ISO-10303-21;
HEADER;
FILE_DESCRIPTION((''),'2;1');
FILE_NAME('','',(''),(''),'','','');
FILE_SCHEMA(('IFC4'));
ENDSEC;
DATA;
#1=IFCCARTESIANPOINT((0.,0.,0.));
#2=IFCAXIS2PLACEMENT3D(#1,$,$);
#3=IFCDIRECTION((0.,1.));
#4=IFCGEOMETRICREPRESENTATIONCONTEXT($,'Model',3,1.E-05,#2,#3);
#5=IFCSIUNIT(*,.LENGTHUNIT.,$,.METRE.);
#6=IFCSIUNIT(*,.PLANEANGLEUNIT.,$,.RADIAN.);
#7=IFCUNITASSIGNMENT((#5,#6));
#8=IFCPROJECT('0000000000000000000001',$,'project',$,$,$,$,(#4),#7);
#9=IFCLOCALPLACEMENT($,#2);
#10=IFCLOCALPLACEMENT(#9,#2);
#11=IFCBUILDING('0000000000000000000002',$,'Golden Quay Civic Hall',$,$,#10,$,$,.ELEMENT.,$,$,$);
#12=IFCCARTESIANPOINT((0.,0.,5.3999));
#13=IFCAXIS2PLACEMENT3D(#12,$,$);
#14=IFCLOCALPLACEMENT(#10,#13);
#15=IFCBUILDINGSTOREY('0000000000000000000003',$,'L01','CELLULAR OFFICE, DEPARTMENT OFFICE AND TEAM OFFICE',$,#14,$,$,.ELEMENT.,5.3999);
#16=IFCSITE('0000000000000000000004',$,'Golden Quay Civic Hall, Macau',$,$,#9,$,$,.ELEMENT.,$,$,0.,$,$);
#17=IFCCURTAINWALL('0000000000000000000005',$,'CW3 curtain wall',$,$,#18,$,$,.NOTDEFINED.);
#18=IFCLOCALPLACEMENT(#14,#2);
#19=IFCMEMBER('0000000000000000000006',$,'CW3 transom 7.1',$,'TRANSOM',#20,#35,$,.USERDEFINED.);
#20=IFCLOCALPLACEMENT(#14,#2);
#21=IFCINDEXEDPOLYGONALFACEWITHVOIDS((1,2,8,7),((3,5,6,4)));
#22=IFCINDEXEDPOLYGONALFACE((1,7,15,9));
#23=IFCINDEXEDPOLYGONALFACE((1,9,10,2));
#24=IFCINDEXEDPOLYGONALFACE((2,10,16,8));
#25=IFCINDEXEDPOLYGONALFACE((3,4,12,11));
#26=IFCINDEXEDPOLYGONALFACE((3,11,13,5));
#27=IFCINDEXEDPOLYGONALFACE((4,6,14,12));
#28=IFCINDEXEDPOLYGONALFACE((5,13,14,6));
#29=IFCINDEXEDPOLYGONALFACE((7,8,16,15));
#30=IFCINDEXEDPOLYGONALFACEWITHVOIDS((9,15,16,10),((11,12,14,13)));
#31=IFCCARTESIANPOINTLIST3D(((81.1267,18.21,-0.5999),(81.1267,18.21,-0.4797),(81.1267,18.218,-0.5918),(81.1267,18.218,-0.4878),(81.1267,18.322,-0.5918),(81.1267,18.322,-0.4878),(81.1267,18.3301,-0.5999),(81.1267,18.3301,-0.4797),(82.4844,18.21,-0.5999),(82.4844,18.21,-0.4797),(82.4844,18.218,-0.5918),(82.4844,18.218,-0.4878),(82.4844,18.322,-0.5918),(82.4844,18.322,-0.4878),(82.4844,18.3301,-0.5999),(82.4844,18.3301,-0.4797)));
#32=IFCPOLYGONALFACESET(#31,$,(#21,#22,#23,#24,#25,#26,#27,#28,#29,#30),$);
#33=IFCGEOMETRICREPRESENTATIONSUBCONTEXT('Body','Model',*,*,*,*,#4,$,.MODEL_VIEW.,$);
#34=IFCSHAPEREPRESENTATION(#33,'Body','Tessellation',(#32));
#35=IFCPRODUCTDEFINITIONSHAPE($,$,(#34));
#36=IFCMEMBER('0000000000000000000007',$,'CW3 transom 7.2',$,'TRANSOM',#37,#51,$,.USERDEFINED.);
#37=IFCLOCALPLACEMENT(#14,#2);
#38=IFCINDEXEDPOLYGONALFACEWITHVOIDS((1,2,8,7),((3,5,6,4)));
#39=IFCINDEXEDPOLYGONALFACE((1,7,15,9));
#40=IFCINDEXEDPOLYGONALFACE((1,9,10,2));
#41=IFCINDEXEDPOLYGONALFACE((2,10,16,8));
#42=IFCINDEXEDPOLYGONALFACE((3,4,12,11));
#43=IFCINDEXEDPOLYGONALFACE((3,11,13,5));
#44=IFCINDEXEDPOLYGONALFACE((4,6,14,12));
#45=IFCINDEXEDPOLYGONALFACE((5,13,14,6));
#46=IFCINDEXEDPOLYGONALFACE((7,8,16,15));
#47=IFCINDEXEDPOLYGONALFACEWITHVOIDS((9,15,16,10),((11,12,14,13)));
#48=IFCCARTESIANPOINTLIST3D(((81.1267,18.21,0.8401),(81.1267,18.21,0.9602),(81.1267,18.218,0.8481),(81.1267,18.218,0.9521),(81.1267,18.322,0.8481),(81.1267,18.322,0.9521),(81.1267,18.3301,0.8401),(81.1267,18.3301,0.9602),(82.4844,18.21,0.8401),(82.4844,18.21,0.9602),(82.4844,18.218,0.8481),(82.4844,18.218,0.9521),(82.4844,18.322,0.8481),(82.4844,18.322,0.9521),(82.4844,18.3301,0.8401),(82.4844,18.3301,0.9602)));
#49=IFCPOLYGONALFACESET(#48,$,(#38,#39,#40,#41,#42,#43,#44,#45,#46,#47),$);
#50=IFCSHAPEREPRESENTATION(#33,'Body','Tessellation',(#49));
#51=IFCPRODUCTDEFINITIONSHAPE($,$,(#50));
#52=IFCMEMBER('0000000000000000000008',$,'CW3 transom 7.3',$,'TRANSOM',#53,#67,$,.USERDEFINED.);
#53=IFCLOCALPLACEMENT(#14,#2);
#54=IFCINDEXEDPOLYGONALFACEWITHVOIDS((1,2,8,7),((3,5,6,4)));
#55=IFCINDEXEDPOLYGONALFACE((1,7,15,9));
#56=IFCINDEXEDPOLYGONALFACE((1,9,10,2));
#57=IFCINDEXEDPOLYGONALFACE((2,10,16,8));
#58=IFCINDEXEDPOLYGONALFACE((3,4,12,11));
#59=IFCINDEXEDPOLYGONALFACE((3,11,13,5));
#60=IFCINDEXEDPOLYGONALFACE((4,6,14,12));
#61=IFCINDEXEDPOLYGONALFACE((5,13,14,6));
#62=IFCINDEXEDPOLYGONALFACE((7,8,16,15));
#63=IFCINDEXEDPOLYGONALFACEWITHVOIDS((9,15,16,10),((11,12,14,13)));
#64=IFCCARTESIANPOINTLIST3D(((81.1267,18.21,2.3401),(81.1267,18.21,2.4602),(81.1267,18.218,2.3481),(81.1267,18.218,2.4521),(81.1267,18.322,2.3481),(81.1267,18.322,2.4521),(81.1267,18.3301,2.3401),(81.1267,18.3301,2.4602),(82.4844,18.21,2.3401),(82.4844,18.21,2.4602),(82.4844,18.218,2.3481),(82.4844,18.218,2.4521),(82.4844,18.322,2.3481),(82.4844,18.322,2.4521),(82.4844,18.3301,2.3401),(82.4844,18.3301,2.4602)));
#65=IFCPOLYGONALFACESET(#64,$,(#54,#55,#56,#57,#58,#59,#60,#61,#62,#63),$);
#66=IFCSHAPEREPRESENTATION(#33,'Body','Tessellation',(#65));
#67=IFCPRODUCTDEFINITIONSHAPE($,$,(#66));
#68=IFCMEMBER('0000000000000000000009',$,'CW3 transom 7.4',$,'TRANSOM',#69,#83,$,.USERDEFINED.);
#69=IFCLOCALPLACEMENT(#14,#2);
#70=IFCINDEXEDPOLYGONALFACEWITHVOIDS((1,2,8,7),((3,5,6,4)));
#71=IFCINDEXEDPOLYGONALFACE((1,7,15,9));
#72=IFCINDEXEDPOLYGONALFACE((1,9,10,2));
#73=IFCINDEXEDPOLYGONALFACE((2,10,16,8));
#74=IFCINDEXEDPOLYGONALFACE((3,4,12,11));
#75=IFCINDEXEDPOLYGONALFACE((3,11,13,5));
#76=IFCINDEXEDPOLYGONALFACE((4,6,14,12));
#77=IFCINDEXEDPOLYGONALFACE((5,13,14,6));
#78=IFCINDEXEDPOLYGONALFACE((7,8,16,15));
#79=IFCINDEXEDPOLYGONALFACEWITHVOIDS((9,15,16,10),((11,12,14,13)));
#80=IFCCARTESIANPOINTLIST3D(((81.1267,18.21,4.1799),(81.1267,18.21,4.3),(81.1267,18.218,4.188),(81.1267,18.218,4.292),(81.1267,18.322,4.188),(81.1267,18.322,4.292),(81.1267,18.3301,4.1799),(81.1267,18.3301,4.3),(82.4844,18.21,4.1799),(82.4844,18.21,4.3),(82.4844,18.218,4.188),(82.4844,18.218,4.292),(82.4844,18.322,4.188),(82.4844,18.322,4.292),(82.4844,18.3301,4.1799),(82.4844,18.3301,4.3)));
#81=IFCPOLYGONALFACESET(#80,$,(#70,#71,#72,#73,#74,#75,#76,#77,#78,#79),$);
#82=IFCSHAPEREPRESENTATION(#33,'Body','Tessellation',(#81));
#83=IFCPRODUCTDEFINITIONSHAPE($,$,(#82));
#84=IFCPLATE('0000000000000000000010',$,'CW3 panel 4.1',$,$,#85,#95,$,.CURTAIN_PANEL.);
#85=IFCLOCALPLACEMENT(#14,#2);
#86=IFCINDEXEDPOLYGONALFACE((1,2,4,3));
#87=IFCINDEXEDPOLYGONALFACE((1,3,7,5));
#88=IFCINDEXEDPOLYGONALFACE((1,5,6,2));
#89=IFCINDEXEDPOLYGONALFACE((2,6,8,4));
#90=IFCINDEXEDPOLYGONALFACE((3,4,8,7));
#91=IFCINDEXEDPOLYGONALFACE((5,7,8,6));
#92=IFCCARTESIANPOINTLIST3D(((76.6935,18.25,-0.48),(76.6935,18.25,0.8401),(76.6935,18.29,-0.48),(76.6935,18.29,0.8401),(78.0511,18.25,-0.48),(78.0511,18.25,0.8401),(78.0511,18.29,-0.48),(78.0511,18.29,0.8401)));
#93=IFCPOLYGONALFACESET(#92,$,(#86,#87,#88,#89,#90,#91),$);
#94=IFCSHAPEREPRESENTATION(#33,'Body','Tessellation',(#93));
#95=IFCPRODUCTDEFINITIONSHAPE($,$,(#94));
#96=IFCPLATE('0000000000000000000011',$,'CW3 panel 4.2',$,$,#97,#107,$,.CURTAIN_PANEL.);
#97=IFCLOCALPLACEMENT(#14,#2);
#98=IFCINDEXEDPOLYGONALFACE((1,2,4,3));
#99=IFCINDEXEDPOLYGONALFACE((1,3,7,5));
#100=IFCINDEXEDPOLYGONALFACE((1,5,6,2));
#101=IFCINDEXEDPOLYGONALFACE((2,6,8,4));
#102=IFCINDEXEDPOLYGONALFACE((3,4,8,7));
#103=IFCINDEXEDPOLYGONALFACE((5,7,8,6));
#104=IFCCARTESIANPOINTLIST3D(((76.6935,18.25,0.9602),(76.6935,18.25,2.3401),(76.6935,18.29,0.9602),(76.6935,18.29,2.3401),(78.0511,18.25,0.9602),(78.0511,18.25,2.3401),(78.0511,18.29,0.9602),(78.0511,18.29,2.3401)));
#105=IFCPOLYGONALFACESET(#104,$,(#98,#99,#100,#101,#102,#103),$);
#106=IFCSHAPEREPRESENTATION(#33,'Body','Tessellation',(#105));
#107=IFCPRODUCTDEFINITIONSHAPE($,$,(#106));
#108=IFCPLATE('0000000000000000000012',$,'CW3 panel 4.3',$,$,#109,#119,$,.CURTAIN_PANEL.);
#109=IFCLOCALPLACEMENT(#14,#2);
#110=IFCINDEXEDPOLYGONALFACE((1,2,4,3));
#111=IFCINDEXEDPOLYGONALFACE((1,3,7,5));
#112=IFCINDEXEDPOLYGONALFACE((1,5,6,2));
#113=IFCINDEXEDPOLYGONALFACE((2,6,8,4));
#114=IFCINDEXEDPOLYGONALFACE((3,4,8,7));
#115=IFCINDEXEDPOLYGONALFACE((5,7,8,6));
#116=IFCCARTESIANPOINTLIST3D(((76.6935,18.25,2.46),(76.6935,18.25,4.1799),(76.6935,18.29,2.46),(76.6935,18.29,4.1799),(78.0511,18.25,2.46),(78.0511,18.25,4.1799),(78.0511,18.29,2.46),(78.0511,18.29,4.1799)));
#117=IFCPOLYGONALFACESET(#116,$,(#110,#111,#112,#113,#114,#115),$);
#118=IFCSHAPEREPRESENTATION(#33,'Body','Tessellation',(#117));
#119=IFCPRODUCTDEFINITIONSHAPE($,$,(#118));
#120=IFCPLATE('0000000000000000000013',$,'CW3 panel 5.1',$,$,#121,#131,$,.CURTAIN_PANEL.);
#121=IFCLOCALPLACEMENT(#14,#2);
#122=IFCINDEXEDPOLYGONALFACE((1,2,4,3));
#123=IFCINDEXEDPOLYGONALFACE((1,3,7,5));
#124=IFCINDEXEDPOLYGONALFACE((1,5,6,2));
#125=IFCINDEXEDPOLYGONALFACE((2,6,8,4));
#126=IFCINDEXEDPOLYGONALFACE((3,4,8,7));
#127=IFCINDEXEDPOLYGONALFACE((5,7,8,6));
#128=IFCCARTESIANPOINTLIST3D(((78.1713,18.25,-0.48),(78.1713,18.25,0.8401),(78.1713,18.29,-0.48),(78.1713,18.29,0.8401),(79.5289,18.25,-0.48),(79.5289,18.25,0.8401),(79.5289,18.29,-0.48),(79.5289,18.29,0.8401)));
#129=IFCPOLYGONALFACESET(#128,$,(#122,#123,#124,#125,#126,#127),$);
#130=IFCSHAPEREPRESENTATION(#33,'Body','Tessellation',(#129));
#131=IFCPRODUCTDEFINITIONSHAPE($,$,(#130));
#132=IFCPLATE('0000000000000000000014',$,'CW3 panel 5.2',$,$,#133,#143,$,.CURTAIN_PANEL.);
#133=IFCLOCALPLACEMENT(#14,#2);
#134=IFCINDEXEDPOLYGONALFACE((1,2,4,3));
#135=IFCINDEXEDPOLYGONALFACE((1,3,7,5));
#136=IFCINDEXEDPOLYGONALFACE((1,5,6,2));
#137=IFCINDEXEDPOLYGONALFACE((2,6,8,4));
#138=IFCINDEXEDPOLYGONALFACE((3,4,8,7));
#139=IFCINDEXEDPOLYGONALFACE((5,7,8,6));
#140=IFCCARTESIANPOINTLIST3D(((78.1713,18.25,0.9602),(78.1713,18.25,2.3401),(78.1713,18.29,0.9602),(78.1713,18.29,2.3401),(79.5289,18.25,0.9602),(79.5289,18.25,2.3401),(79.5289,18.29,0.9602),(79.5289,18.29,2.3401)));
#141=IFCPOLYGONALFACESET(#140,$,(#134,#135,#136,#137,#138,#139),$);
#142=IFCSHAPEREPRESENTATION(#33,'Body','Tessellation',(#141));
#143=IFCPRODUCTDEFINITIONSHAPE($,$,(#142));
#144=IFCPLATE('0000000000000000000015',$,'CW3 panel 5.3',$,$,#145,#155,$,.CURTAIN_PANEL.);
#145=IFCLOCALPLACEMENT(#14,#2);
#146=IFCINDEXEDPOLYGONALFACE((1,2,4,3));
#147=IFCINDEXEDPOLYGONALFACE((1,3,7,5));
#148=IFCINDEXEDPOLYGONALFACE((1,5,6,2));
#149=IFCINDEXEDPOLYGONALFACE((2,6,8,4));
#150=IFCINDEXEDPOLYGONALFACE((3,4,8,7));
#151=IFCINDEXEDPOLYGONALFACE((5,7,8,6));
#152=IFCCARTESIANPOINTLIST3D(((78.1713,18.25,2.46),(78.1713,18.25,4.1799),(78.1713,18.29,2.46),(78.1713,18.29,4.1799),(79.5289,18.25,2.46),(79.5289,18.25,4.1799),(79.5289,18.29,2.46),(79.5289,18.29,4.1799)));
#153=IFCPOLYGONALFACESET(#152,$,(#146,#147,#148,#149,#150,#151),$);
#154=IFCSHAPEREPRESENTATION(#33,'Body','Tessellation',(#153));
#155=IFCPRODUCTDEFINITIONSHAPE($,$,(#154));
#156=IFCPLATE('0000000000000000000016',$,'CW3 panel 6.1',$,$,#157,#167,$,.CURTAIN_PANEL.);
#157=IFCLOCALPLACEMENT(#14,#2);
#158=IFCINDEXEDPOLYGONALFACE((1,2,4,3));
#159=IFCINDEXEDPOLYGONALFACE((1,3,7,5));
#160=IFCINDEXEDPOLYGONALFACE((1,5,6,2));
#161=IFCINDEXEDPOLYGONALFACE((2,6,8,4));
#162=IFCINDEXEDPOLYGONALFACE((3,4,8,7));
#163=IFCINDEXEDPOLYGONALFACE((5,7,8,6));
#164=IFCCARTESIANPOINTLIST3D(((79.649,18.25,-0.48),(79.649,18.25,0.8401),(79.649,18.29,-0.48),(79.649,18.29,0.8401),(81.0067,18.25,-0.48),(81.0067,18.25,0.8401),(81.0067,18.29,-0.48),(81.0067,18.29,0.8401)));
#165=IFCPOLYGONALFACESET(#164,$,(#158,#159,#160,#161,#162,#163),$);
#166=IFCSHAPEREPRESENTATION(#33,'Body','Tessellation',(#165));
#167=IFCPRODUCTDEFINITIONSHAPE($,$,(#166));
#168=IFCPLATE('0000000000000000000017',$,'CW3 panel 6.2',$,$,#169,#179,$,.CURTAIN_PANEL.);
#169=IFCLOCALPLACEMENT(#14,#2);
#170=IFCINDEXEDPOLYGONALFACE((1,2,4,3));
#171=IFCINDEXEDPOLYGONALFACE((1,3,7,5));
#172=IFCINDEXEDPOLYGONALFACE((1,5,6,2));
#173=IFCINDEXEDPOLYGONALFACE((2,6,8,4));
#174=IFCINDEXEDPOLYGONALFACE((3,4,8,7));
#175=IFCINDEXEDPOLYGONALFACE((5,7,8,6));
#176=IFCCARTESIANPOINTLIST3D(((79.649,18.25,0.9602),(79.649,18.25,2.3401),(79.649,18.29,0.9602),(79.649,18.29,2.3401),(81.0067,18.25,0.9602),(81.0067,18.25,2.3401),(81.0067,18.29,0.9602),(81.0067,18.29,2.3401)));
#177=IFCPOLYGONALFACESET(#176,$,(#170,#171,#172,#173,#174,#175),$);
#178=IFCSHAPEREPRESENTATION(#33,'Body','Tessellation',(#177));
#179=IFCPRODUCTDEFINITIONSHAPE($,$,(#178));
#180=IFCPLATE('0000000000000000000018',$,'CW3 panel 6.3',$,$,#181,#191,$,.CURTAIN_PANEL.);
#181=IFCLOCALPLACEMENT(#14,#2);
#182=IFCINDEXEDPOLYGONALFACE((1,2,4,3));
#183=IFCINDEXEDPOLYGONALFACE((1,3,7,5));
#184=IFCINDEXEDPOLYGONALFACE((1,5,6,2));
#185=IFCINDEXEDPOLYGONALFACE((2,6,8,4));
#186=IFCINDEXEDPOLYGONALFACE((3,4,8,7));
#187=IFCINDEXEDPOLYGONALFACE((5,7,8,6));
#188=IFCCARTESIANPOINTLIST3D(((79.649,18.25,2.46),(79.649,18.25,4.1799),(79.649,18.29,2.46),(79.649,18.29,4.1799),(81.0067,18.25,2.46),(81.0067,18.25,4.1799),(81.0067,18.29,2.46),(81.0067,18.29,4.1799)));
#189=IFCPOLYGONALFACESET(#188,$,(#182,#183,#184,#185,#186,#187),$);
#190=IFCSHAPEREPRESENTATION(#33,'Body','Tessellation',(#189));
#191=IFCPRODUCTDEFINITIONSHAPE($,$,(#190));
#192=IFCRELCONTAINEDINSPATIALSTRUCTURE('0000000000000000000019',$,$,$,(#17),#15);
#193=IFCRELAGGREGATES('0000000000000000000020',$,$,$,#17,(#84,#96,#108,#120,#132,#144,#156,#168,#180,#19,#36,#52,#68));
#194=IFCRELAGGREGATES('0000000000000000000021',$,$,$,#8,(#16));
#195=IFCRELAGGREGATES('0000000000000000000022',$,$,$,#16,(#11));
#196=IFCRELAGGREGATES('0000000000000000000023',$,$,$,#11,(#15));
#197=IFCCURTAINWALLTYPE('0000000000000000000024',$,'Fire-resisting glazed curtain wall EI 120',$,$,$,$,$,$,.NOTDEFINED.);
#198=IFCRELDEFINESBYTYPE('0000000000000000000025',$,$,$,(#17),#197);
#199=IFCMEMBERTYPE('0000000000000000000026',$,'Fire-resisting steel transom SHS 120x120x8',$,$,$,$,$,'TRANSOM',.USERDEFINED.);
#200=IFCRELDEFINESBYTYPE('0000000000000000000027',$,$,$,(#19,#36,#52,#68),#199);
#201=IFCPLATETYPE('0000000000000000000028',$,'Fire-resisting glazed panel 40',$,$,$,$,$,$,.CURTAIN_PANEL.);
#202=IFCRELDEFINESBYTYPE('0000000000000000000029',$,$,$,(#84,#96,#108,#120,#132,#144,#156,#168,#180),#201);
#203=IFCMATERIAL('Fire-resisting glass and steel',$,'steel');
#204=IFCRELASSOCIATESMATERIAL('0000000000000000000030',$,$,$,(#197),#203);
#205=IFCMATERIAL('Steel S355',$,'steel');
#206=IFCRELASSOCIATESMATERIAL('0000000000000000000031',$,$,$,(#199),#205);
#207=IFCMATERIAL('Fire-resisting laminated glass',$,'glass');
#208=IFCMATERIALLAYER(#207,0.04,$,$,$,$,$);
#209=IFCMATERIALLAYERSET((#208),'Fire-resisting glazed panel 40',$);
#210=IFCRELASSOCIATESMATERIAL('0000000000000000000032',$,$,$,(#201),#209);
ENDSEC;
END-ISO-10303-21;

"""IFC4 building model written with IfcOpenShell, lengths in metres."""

from ifc_helpers import new_model, si_unit, direction, frame, origin, origin_2d, place, context, subcontext, project, spatial, rectangle, hollow_rectangle, extrude, material, layer, layer_set, material_profile, profile_set, type_object, element, aggregate, save


model = new_model("IFC4")

# Units and contexts
model_context = context("Model", 3, precision=1e-05, world=origin(), true_north=direction((0.0, 1.0)))
body_context = subcontext(model_context, "Body", "Model", "MODEL_VIEW")
ifc_project = project(units=[si_unit("LENGTHUNIT", "METRE"), si_unit("PLANEANGLEUNIT", "RADIAN")], contexts=[model_context])

# Site, building, storey
site_placement = place(None, origin())
site = spatial("IfcSite", under=ifc_project, at=site_placement, Name="Golden Quay Civic Hall, Macau", CompositionType="ELEMENT", RefElevation=0.0)
building_placement = place(site_placement, origin())
building = spatial("IfcBuilding", under=site, at=building_placement, Name="Golden Quay Civic Hall", CompositionType="ELEMENT")
storey_placement = place(building_placement, frame((0.0, 0.0, 5.3999)))
storey = spatial("IfcBuildingStorey", under=building, at=storey_placement, Name="L01", Description="CELLULAR OFFICE, DEPARTMENT OFFICE AND TEAM OFFICE", CompositionType="ELEMENT", Elevation=5.3999)

# Curtain wall, members, plates
ifc_material_1 = material(Name="Fire-resisting glass and steel", Category="steel")
curtain_wall_type = type_object("IfcCurtainWallType", Name="Fire-resisting glazed curtain wall EI 120", PredefinedType="NOTDEFINED", material=ifc_material_1)
curtain_wall_placement = place(storey_placement, origin())
curtain_wall = element("IfcCurtainWall", 1, at=curtain_wall_placement, inside=storey, type_object=curtain_wall_type, Name="CW3 curtain wall", PredefinedType="NOTDEFINED")
ifc_material_2 = material(Name="Steel S355", Category="steel")
ifc_material_profile_1 = material_profile(ifc_material_2, hollow_rectangle(XDim=0.1201, YDim=0.1201, WallThickness=0.0081, at=origin_2d()), Name="SHS 120x120x8")
ifc_profile_set_1 = profile_set([ifc_material_profile_1], Name="Steel S355")
member_type_1 = type_object("IfcMemberType", Name="Fire-resisting steel transom SHS 120x120x8", ElementType="TRANSOM", PredefinedType="USERDEFINED", material=ifc_profile_set_1)
member_1_placement = place(storey_placement, frame((81.1267, 18.27, -0.5398), z_axis=(1.0, 0.0, 0.0), x_axis=(0.0, 1.0, 0.0)))
member_1 = element("IfcMember", 2, at=member_1_placement, type_object=member_type_1, Name="CW3 transom 7.1", ObjectType="TRANSOM", PredefinedType="USERDEFINED", context=body_context, shape_type="SweptSolid", body=[
    extrude(hollow_rectangle(XDim=0.1201, YDim=0.1201, WallThickness=0.0081, at=origin_2d()), origin(), (0.0, 0.0, 1.0), 1.3577),
])
member_2_placement = place(storey_placement, frame((81.1267, 18.27, 0.9001), z_axis=(1.0, 0.0, 0.0), x_axis=(0.0, 1.0, 0.0)))
member_2 = element("IfcMember", 3, at=member_2_placement, type_object=member_type_1, Name="CW3 transom 7.2", ObjectType="TRANSOM", PredefinedType="USERDEFINED", context=body_context, shape_type="SweptSolid", body=[
    extrude(hollow_rectangle(XDim=0.1201, YDim=0.1201, WallThickness=0.0081, at=origin_2d()), origin(), (0.0, 0.0, 1.0), 1.3577),
])
member_3_placement = place(storey_placement, frame((81.1267, 18.27, 2.4001), z_axis=(1.0, 0.0, 0.0), x_axis=(0.0, 1.0, 0.0)))
member_3 = element("IfcMember", 4, at=member_3_placement, type_object=member_type_1, Name="CW3 transom 7.3", ObjectType="TRANSOM", PredefinedType="USERDEFINED", context=body_context, shape_type="SweptSolid", body=[
    extrude(hollow_rectangle(XDim=0.1201, YDim=0.1201, WallThickness=0.0081, at=origin_2d()), origin(), (0.0, 0.0, 1.0), 1.3577),
])
member_4_placement = place(storey_placement, frame((81.1267, 18.27, 4.24), z_axis=(1.0, 0.0, 0.0), x_axis=(0.0, 1.0, 0.0)))
member_4 = element("IfcMember", 5, at=member_4_placement, type_object=member_type_1, Name="CW3 transom 7.4", ObjectType="TRANSOM", PredefinedType="USERDEFINED", context=body_context, shape_type="SweptSolid", body=[
    extrude(hollow_rectangle(XDim=0.1201, YDim=0.1201, WallThickness=0.0081, at=origin_2d()), origin(), (0.0, 0.0, 1.0), 1.3577),
])
ifc_material_3 = material(Name="Fire-resisting laminated glass", Category="glass")
ifc_layer = layer(ifc_material_3, 0.04)
ifc_layer_set = layer_set([ifc_layer], Name="Fire-resisting glazed panel 40")
plate_type = type_object("IfcPlateType", Name="Fire-resisting glazed panel 40", PredefinedType="CURTAIN_PANEL", material=ifc_layer_set)
plate_1_placement = place(storey_placement, frame((77.3723, 18.27, -0.48), z_axis=(0.0, 0.0, 1.0), x_axis=(1.0, 0.0, 0.0)))
plate_1 = element("IfcPlate", 6, at=plate_1_placement, type_object=plate_type, Name="CW3 panel 4.1", PredefinedType="CURTAIN_PANEL", context=body_context, shape_type="SweptSolid", body=[
    extrude(rectangle(XDim=1.3577, YDim=0.04, at=origin_2d()), origin(), (0.0, 0.0, 1.0), 1.3201),
])
plate_2_placement = place(storey_placement, frame((77.3723, 18.27, 0.9602), z_axis=(0.0, 0.0, 1.0), x_axis=(1.0, 0.0, 0.0)))
plate_2 = element("IfcPlate", 7, at=plate_2_placement, type_object=plate_type, Name="CW3 panel 4.2", PredefinedType="CURTAIN_PANEL", context=body_context, shape_type="SweptSolid", body=[
    extrude(rectangle(XDim=1.3577, YDim=0.04, at=origin_2d()), origin(), (0.0, 0.0, 1.0), 1.3799),
])
plate_3_placement = place(storey_placement, frame((77.3723, 18.27, 2.46), z_axis=(0.0, 0.0, 1.0), x_axis=(1.0, 0.0, 0.0)))
plate_3 = element("IfcPlate", 8, at=plate_3_placement, type_object=plate_type, Name="CW3 panel 4.3", PredefinedType="CURTAIN_PANEL", context=body_context, shape_type="SweptSolid", body=[
    extrude(rectangle(XDim=1.3577, YDim=0.04, at=origin_2d()), origin(), (0.0, 0.0, 1.0), 1.72),
])
plate_4_placement = place(storey_placement, frame((78.8501, 18.27, -0.48), z_axis=(0.0, 0.0, 1.0), x_axis=(1.0, 0.0, 0.0)))
plate_4 = element("IfcPlate", 9, at=plate_4_placement, type_object=plate_type, Name="CW3 panel 5.1", PredefinedType="CURTAIN_PANEL", context=body_context, shape_type="SweptSolid", body=[
    extrude(rectangle(XDim=1.3577, YDim=0.04, at=origin_2d()), origin(), (0.0, 0.0, 1.0), 1.3201),
])
plate_5_placement = place(storey_placement, frame((78.8501, 18.27, 0.9602), z_axis=(0.0, 0.0, 1.0), x_axis=(1.0, 0.0, 0.0)))
plate_5 = element("IfcPlate", 10, at=plate_5_placement, type_object=plate_type, Name="CW3 panel 5.2", PredefinedType="CURTAIN_PANEL", context=body_context, shape_type="SweptSolid", body=[
    extrude(rectangle(XDim=1.3577, YDim=0.04, at=origin_2d()), origin(), (0.0, 0.0, 1.0), 1.3799),
])
plate_6_placement = place(storey_placement, frame((78.8501, 18.27, 2.46), z_axis=(0.0, 0.0, 1.0), x_axis=(1.0, 0.0, 0.0)))
plate_6 = element("IfcPlate", 11, at=plate_6_placement, type_object=plate_type, Name="CW3 panel 5.3", PredefinedType="CURTAIN_PANEL", context=body_context, shape_type="SweptSolid", body=[
    extrude(rectangle(XDim=1.3577, YDim=0.04, at=origin_2d()), origin(), (0.0, 0.0, 1.0), 1.72),
])
plate_7_placement = place(storey_placement, frame((80.3279, 18.27, -0.48), z_axis=(0.0, 0.0, 1.0), x_axis=(1.0, 0.0, 0.0)))
plate_7 = element("IfcPlate", 12, at=plate_7_placement, type_object=plate_type, Name="CW3 panel 6.1", PredefinedType="CURTAIN_PANEL", context=body_context, shape_type="SweptSolid", body=[
    extrude(rectangle(XDim=1.3577, YDim=0.04, at=origin_2d()), origin(), (0.0, 0.0, 1.0), 1.3201),
])
plate_8_placement = place(storey_placement, frame((80.3279, 18.27, 0.9602), z_axis=(0.0, 0.0, 1.0), x_axis=(1.0, 0.0, 0.0)))
plate_8 = element("IfcPlate", 13, at=plate_8_placement, type_object=plate_type, Name="CW3 panel 6.2", PredefinedType="CURTAIN_PANEL", context=body_context, shape_type="SweptSolid", body=[
    extrude(rectangle(XDim=1.3577, YDim=0.04, at=origin_2d()), origin(), (0.0, 0.0, 1.0), 1.3799),
])
plate_9_placement = place(storey_placement, frame((80.3279, 18.27, 2.46), z_axis=(0.0, 0.0, 1.0), x_axis=(1.0, 0.0, 0.0)))
plate_9 = element("IfcPlate", 14, at=plate_9_placement, type_object=plate_type, Name="CW3 panel 6.3", PredefinedType="CURTAIN_PANEL", context=body_context, shape_type="SweptSolid", body=[
    extrude(rectangle(XDim=1.3577, YDim=0.04, at=origin_2d()), origin(), (0.0, 0.0, 1.0), 1.72),
])
aggregate(curtain_wall, [plate_1, plate_2, plate_3, plate_4, plate_5, plate_6, plate_7, plate_8, plate_9, member_1, member_2, member_3, member_4])

save(model, "model.ifc")
